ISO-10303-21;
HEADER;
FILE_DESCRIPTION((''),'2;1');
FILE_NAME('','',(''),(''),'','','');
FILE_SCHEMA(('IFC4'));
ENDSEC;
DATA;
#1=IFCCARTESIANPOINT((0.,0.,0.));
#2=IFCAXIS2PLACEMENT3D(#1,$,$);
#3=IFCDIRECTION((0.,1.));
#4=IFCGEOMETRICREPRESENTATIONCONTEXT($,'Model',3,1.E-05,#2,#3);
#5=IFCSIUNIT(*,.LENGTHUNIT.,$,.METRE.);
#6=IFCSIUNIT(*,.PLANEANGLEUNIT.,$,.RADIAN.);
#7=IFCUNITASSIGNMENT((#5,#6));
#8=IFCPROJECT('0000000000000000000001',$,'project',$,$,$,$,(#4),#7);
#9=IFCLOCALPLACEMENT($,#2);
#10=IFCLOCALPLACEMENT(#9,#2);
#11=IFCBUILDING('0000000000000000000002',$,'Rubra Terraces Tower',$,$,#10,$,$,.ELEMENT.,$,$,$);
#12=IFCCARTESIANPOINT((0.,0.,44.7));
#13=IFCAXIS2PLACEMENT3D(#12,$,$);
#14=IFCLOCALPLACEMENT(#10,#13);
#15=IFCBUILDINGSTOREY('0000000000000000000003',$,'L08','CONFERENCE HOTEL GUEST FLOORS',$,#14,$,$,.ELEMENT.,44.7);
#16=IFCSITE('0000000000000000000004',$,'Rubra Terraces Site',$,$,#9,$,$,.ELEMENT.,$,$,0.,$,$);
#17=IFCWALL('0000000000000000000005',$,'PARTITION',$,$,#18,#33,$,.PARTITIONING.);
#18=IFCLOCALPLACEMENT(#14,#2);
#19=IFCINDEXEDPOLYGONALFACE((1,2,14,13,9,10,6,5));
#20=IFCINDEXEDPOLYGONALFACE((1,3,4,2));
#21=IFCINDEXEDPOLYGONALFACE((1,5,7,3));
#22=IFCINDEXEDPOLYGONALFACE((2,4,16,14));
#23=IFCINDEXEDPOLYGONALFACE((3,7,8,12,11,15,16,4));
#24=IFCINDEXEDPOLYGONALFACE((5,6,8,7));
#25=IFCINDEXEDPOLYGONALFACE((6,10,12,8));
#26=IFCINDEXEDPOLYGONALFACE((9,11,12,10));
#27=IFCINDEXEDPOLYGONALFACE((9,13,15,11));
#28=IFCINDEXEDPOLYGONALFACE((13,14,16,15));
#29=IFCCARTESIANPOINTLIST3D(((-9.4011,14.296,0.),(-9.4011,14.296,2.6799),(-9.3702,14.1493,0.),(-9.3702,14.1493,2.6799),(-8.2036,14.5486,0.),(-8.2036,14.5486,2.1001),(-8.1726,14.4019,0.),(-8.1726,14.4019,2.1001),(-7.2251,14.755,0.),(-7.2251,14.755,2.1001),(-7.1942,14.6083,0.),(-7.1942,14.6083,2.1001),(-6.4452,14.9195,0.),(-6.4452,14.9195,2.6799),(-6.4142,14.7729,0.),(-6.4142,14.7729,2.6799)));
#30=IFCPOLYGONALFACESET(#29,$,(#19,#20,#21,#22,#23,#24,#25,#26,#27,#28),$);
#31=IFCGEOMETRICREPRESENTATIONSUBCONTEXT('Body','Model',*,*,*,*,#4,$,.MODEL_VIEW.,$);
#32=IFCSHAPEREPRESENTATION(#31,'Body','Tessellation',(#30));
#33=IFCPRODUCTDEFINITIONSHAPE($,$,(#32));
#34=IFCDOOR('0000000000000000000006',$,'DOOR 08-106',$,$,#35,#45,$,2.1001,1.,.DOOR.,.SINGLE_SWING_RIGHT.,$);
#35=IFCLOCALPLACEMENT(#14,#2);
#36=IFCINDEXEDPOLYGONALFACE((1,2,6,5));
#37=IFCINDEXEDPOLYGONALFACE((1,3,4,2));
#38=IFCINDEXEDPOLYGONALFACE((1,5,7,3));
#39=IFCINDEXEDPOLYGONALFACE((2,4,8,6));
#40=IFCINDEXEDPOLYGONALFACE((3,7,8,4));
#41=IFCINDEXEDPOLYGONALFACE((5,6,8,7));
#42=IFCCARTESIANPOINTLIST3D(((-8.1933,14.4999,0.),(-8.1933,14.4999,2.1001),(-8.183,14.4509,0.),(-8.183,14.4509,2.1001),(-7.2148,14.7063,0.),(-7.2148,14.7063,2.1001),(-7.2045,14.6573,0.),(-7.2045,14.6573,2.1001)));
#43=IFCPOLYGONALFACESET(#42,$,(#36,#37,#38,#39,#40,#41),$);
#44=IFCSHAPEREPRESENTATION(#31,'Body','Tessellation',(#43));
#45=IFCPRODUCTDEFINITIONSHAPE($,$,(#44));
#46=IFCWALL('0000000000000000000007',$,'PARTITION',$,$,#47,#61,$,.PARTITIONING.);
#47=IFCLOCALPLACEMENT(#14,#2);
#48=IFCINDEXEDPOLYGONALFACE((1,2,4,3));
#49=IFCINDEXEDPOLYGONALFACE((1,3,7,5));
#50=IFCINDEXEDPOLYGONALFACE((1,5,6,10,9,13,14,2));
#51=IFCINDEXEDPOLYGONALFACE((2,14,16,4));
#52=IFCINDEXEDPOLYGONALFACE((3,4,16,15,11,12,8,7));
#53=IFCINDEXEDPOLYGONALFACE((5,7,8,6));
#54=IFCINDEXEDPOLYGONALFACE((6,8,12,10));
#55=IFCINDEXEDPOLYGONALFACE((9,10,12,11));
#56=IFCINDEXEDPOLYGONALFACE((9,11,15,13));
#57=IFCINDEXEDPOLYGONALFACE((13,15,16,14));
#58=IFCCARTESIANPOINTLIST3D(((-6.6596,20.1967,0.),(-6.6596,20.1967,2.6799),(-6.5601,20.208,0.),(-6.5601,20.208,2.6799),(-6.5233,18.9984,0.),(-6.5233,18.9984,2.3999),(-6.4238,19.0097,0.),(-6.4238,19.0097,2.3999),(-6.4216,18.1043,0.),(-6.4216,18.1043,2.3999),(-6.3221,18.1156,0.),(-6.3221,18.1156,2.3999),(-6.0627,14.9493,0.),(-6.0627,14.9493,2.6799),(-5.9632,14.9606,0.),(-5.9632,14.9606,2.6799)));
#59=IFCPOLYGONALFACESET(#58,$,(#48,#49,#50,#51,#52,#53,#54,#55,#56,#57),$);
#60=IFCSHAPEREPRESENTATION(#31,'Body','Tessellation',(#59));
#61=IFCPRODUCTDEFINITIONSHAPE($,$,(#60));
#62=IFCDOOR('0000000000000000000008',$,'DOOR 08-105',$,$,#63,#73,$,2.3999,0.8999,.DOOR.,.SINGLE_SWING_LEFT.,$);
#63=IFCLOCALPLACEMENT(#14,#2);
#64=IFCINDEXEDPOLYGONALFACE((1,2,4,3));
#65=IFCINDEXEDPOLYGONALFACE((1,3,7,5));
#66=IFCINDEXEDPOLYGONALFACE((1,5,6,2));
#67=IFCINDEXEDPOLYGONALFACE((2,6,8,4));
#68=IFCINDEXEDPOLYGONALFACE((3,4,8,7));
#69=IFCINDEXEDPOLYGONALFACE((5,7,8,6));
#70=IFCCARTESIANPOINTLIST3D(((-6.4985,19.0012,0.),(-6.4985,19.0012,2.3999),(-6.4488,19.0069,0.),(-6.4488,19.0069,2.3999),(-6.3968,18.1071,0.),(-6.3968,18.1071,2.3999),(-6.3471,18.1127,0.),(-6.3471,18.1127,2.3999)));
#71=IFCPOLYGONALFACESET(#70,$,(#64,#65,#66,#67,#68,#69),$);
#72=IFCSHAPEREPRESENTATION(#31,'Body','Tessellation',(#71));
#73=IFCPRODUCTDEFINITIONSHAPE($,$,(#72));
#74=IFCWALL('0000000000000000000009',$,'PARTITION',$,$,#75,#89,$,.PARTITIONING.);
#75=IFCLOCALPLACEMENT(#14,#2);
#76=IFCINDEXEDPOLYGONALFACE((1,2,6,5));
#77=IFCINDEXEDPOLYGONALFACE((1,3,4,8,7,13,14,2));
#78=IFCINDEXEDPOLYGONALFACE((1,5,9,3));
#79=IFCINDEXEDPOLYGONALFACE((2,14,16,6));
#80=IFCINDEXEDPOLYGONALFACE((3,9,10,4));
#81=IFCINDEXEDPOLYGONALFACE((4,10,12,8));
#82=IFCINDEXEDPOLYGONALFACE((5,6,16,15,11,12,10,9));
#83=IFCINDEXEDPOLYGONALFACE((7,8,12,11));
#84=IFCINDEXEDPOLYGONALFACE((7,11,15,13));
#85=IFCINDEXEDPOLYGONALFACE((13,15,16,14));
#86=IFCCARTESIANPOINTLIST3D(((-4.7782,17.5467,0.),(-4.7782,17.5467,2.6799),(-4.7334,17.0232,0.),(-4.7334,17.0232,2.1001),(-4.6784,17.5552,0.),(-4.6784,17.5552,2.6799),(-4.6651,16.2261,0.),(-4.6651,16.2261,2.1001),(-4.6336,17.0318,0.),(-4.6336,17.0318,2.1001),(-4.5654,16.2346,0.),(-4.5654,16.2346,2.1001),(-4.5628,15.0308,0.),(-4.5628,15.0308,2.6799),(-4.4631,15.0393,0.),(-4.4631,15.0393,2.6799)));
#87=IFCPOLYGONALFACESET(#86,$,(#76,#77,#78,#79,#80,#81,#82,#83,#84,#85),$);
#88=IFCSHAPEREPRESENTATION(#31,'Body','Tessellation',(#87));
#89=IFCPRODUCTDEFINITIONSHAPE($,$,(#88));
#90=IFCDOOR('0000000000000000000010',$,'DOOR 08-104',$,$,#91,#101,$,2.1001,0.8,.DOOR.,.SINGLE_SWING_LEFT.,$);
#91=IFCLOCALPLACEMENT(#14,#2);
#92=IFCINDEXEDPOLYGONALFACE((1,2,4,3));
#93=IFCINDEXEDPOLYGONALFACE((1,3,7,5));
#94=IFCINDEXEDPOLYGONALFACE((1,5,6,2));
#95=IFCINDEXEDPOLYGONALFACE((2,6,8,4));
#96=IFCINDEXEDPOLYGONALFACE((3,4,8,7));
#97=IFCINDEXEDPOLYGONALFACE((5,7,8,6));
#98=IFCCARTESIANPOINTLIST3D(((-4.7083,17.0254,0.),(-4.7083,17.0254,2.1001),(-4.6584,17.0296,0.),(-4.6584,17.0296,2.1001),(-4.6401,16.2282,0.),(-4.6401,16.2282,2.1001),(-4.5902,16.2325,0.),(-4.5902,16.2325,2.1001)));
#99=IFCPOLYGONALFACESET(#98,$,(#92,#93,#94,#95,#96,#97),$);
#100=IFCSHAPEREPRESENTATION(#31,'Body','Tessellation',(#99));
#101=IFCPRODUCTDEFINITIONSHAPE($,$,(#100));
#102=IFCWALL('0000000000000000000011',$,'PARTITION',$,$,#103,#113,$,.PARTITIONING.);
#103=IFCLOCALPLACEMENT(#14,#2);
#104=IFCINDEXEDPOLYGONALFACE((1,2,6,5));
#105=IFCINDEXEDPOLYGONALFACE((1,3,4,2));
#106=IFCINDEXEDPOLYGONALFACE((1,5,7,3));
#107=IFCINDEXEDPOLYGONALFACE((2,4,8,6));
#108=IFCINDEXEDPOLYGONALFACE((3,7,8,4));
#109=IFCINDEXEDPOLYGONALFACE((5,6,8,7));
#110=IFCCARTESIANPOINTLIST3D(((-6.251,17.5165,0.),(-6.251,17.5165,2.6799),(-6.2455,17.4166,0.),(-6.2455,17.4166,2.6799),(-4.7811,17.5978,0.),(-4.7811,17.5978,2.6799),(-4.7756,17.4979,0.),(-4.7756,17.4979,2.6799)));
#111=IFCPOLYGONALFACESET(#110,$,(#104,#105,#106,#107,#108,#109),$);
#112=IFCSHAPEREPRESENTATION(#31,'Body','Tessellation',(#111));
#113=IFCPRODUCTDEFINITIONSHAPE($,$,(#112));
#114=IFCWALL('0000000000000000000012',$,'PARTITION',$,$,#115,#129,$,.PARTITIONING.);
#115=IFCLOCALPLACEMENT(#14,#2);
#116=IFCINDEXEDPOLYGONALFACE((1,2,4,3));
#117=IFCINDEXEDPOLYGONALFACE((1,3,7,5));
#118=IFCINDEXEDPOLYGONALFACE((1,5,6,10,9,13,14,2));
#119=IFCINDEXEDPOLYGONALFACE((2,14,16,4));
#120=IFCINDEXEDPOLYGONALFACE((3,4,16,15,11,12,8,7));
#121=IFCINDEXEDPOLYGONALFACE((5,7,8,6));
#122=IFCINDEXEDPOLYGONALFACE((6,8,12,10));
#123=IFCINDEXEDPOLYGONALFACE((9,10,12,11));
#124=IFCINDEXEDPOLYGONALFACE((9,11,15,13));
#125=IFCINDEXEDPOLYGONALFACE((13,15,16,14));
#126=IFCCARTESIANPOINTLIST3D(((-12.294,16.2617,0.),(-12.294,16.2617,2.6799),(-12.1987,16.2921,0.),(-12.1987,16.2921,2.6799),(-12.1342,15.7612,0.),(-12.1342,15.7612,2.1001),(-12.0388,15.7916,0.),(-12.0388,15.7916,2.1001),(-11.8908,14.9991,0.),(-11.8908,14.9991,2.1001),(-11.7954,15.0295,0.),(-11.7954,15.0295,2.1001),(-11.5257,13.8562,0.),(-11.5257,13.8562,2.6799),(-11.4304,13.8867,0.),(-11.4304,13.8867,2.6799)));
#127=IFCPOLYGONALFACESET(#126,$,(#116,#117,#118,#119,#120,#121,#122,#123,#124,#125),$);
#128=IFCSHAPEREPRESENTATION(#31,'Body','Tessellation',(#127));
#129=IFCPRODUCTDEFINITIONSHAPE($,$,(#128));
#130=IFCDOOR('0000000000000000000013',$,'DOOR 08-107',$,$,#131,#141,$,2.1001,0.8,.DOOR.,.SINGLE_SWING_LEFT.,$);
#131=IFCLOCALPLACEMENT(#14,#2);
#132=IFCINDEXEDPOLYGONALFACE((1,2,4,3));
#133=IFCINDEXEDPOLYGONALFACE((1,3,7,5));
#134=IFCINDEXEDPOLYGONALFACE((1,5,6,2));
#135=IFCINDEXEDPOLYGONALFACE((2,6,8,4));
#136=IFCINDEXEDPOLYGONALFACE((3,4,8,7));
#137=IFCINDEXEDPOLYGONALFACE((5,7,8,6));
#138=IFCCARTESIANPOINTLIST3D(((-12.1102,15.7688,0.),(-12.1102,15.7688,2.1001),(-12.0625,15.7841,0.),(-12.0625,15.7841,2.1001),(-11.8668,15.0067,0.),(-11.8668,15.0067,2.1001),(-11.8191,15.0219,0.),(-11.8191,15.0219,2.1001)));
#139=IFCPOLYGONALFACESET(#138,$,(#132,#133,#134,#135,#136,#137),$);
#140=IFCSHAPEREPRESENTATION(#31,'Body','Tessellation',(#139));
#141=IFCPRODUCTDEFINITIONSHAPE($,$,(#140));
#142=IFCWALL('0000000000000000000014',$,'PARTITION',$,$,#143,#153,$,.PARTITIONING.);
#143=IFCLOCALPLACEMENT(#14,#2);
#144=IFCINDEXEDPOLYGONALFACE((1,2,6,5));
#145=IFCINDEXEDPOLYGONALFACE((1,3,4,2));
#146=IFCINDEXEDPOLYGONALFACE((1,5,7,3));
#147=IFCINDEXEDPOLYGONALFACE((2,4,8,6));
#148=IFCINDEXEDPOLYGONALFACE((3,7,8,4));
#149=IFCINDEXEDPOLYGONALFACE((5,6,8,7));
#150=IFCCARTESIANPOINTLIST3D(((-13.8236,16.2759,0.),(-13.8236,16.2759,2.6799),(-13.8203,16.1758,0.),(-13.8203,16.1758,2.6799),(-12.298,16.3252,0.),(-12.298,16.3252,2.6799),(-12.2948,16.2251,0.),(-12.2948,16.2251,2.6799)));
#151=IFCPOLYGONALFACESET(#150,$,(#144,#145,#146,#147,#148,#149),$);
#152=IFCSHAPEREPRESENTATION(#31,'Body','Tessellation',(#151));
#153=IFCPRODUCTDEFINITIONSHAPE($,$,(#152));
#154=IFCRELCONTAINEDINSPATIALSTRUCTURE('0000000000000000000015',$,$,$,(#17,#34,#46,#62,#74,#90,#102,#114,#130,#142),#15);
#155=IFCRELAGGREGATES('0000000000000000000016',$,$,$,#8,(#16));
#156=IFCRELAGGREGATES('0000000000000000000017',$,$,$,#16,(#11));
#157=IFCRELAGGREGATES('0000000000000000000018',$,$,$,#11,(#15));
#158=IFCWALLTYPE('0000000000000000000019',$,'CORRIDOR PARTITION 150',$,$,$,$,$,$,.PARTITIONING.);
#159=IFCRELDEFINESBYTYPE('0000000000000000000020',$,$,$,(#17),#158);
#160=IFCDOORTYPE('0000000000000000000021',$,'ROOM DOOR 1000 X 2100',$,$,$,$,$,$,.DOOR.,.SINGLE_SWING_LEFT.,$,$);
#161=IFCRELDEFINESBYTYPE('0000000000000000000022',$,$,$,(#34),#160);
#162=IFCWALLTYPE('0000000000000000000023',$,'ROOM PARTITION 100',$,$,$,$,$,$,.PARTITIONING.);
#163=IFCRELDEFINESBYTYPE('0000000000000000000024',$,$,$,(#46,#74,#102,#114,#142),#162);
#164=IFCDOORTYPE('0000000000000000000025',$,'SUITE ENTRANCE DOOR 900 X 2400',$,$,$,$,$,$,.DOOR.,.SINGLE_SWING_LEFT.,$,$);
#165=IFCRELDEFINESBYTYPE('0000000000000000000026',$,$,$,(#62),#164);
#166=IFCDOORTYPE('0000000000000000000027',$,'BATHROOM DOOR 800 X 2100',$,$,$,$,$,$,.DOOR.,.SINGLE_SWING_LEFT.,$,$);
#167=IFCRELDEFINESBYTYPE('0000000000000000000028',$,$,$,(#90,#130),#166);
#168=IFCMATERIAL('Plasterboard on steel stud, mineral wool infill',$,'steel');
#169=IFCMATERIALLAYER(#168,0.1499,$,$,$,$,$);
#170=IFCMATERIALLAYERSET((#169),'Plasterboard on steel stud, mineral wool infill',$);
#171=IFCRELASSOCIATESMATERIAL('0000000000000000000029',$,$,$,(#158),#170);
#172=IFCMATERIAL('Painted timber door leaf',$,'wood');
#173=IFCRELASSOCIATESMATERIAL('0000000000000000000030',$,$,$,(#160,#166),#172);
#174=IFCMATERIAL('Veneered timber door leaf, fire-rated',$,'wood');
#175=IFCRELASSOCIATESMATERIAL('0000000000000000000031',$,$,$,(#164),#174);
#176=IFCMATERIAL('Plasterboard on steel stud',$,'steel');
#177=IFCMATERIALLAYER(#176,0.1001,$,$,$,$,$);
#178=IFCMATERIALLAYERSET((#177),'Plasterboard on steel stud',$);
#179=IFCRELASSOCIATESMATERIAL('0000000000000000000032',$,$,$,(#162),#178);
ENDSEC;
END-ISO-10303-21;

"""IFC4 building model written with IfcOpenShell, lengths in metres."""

from ifc_helpers import new_model, si_unit, direction, frame, frame_2d, origin, place, context, subcontext, project, spatial, rectangle, extrude, material, layer, layer_set, type_object, element, fill, save


model = new_model("IFC4")

# Units and contexts
model_context = context("Model", 3, precision=1e-05, world=origin(), true_north=direction((0.0, 1.0)))
body_context = subcontext(model_context, "Body", "Model", "MODEL_VIEW")
ifc_project = project(units=[si_unit("LENGTHUNIT", "METRE"), si_unit("PLANEANGLEUNIT", "RADIAN")], contexts=[model_context])

# Site, building, storey
site_placement = place(None, origin())
site = spatial("IfcSite", under=ifc_project, at=site_placement, Name="Rubra Terraces Site", CompositionType="ELEMENT", RefElevation=0.0)
building_placement = place(site_placement, origin())
building = spatial("IfcBuilding", under=site, at=building_placement, Name="Rubra Terraces Tower", CompositionType="ELEMENT")
storey_placement = place(building_placement, frame((0.0, 0.0, 44.7)))
storey = spatial("IfcBuildingStorey", under=building, at=storey_placement, Name="L08", Description="CONFERENCE HOTEL GUEST FLOORS", CompositionType="ELEMENT", Elevation=44.7)

# Walls, openings, doors
ifc_material_1 = material(Name="Plasterboard on steel stud, mineral wool infill", Category="steel")
ifc_layer_1 = layer(ifc_material_1, 0.1499)
ifc_layer_set_1 = layer_set([ifc_layer_1], Name="Plasterboard on steel stud, mineral wool infill")
wall_type_1 = type_object("IfcWallType", Name="CORRIDOR PARTITION 150", PredefinedType="PARTITIONING", material=ifc_layer_set_1)
wall_1_placement = place(storey_placement, frame((-6.4297, 14.8462, 0.0), z_axis=(0.0, 0.0, 1.0), x_axis=(-0.978469, -0.206393, 0.0)))
wall_1 = element("IfcWall", 1, at=wall_1_placement, inside=storey, type_object=wall_type_1, Name="PARTITION", PredefinedType="PARTITIONING", context=body_context, shape_type="SweptSolid", body=[
    extrude(rectangle(XDim=3.021, YDim=0.1499, at=frame_2d((1.5105, 0.0))), origin(), (0.0, 0.0, 1.0), 2.6799),
])
opening_1_placement = place(wall_1_placement, frame((0.7971, 0.0, 0.0)))
opening_1 = element("IfcOpeningElement", 2, at=opening_1_placement, cuts=wall_1, PredefinedType="OPENING", context=body_context, shape_type="SweptSolid", body=[
    extrude(rectangle(XDim=1.0, YDim=2.1001, at=frame_2d((0.5, 1.05))), frame((0.0, 0.085, 0.0), z_axis=(0.0, -1.0, 0.0), x_axis=(1.0, 0.0, 0.0)), (0.0, 0.0, 1.0), 0.1699),
])
ifc_material_2 = material(Name="Painted timber door leaf", Category="wood")
door_type_1 = type_object("IfcDoorType", Name="ROOM DOOR 1000 X 2100", OperationType="SINGLE_SWING_LEFT", PredefinedType="DOOR", material=ifc_material_2)
door_1_placement = place(opening_1_placement, origin())
door_1 = element("IfcDoor", 3, at=door_1_placement, inside=storey, type_object=door_type_1, Name="DOOR 08-106", OperationType="SINGLE_SWING_RIGHT", OverallHeight=2.1001, OverallWidth=1.0, PredefinedType="DOOR", context=body_context, shape_type="SweptSolid", body=[
    extrude(rectangle(XDim=1.0, YDim=2.1001, at=frame_2d((0.5, 1.05))), frame((0.0, 0.0249, 0.0), z_axis=(0.0, -1.0, 0.0), x_axis=(1.0, 0.0, 0.0)), (0.0, 0.0, 1.0), 0.05),
])
fill(opening_1, door_1)
ifc_material_3 = material(Name="Veneered timber door leaf, fire-rated", Category="wood")
door_type_2 = type_object("IfcDoorType", Name="SUITE ENTRANCE DOOR 900 X 2400", OperationType="SINGLE_SWING_LEFT", PredefinedType="DOOR", material=ifc_material_3)
ifc_material_4 = material(Name="Plasterboard on steel stud", Category="steel")
ifc_layer_2 = layer(ifc_material_4, 0.1001)
ifc_layer_set_2 = layer_set([ifc_layer_2], Name="Plasterboard on steel stud")
wall_type_2 = type_object("IfcWallType", Name="ROOM PARTITION 100", PredefinedType="PARTITIONING", material=ifc_layer_set_2)
wall_2_placement = place(storey_placement, frame((-6.6099, 20.2024, 0.0), z_axis=(0.0, 0.0, 1.0), x_axis=(0.113029, -0.993592, 0.0)))
wall_2 = element("IfcWall", 4, at=wall_2_placement, inside=storey, type_object=wall_type_2, Name="PARTITION", PredefinedType="PARTITIONING", context=body_context, shape_type="SweptSolid", body=[
    extrude(rectangle(XDim=5.2812, YDim=0.1001, at=frame_2d((2.6406, 0.0))), origin(), (0.0, 0.0, 1.0), 2.6799),
])
opening_2_placement = place(wall_2_placement, frame((1.2061, 0.0, 0.0)))
opening_2 = element("IfcOpeningElement", 5, at=opening_2_placement, cuts=wall_2, PredefinedType="OPENING", context=body_context, shape_type="SweptSolid", body=[
    extrude(rectangle(XDim=0.8999, YDim=2.3999, at=frame_2d((0.45, 1.2))), frame((0.0, 0.0601, 0.0), z_axis=(0.0, -1.0, 0.0), x_axis=(1.0, 0.0, 0.0)), (0.0, 0.0, 1.0), 0.1201),
])
door_2_placement = place(opening_2_placement, origin())
door_2 = element("IfcDoor", 6, at=door_2_placement, inside=storey, type_object=door_type_2, Name="DOOR 08-105", OperationType="SINGLE_SWING_LEFT", OverallHeight=2.3999, OverallWidth=0.8999, PredefinedType="DOOR", context=body_context, shape_type="SweptSolid", body=[
    extrude(rectangle(XDim=0.8999, YDim=2.3999, at=frame_2d((0.45, 1.2))), frame((0.0, 0.0249, 0.0), z_axis=(0.0, -1.0, 0.0), x_axis=(1.0, 0.0, 0.0)), (0.0, 0.0, 1.0), 0.05),
])
fill(opening_2, door_2)
wall_3_placement = place(storey_placement, frame((-4.5129, 15.0349, 0.0), z_axis=(0.0, 0.0, 1.0), x_axis=(-0.085278, 0.996357, 0.0)))
wall_3 = element("IfcWall", 7, at=wall_3_placement, inside=storey, type_object=wall_type_2, Name="PARTITION", PredefinedType="PARTITIONING", context=body_context, shape_type="SweptSolid", body=[
    extrude(rectangle(XDim=2.5251, YDim=0.1001, at=frame_2d((1.2627, 0.0))), origin(), (0.0, 0.0, 1.0), 2.6799),
])
opening_3_placement = place(wall_3_placement, frame((1.2, 0.0, 0.0)))
opening_3 = element("IfcOpeningElement", 8, at=opening_3_placement, cuts=wall_3, PredefinedType="OPENING", context=body_context, shape_type="SweptSolid", body=[
    extrude(rectangle(XDim=0.8, YDim=2.1001, at=frame_2d((0.3999, 1.05))), frame((0.0, 0.0601, 0.0), z_axis=(0.0, -1.0, 0.0), x_axis=(1.0, 0.0, 0.0)), (0.0, 0.0, 1.0), 0.1201),
])
door_type_3 = type_object("IfcDoorType", Name="BATHROOM DOOR 800 X 2100", OperationType="SINGLE_SWING_LEFT", PredefinedType="DOOR", material=ifc_material_2)
door_3_placement = place(opening_3_placement, origin())
door_3 = element("IfcDoor", 9, at=door_3_placement, inside=storey, type_object=door_type_3, Name="DOOR 08-104", OperationType="SINGLE_SWING_LEFT", OverallHeight=2.1001, OverallWidth=0.8, PredefinedType="DOOR", context=body_context, shape_type="SweptSolid", body=[
    extrude(rectangle(XDim=0.8, YDim=2.1001, at=frame_2d((0.3999, 1.05))), frame((0.0, 0.0249, 0.0), z_axis=(0.0, -1.0, 0.0), x_axis=(1.0, 0.0, 0.0)), (0.0, 0.0, 1.0), 0.05),
])
fill(opening_3, door_3)

# Wall
wall_4_placement = place(storey_placement, frame((-4.7783, 17.5479, 0.0), z_axis=(0.0, 0.0, 1.0), x_axis=(-0.998474, -0.055222, 0.0)))
element("IfcWall", 10, at=wall_4_placement, inside=storey, type_object=wall_type_2, Name="PARTITION", PredefinedType="PARTITIONING", context=body_context, shape_type="SweptSolid", body=[
    extrude(rectangle(XDim=1.4722, YDim=0.1001, at=frame_2d((0.7361, 0.0))), origin(), (0.0, 0.0, 1.0), 2.6799),
])

# Wall, opening, door
wall_5_placement = place(storey_placement, frame((-11.478, 13.8713, 0.0), z_axis=(0.0, 0.0, 1.0), x_axis=(-0.304253, 0.952591, 0.0)))
wall_5 = element("IfcWall", 11, at=wall_5_placement, inside=storey, type_object=wall_type_2, Name="PARTITION", PredefinedType="PARTITIONING", context=body_context, shape_type="SweptSolid", body=[
    extrude(rectangle(XDim=2.5251, YDim=0.1001, at=frame_2d((1.2627, 0.0))), origin(), (0.0, 0.0, 1.0), 2.6799),
])
opening_4_placement = place(wall_5_placement, frame((1.2, 0.0, 0.0)))
opening_4 = element("IfcOpeningElement", 12, at=opening_4_placement, cuts=wall_5, PredefinedType="OPENING", context=body_context, shape_type="SweptSolid", body=[
    extrude(rectangle(XDim=0.8, YDim=2.1001, at=frame_2d((0.3999, 1.05))), frame((0.0, 0.0601, 0.0), z_axis=(0.0, -1.0, 0.0), x_axis=(1.0, 0.0, 0.0)), (0.0, 0.0, 1.0), 0.1201),
])
door_4_placement = place(opening_4_placement, origin())
door_4 = element("IfcDoor", 13, at=door_4_placement, inside=storey, type_object=door_type_3, Name="DOOR 08-107", OperationType="SINGLE_SWING_LEFT", OverallHeight=2.1001, OverallWidth=0.8, PredefinedType="DOOR", context=body_context, shape_type="SweptSolid", body=[
    extrude(rectangle(XDim=0.8, YDim=2.1001, at=frame_2d((0.3999, 1.05))), frame((0.0, 0.0249, 0.0), z_axis=(0.0, -1.0, 0.0), x_axis=(1.0, 0.0, 0.0)), (0.0, 0.0, 1.0), 0.05),
])
fill(opening_4, door_4)

# Wall
wall_6_placement = place(storey_placement, frame((-12.2964, 16.2751, 0.0), z_axis=(0.0, 0.0, 1.0), x_axis=(-0.999478, -0.032308, 0.0)))
element("IfcWall", 14, at=wall_6_placement, inside=storey, type_object=wall_type_2, Name="PARTITION", PredefinedType="PARTITIONING", context=body_context, shape_type="SweptSolid", body=[
    extrude(rectangle(XDim=1.5264, YDim=0.1001, at=frame_2d((0.7632, 0.0))), origin(), (0.0, 0.0, 1.0), 2.6799),
])

save(model, "model.ifc")
